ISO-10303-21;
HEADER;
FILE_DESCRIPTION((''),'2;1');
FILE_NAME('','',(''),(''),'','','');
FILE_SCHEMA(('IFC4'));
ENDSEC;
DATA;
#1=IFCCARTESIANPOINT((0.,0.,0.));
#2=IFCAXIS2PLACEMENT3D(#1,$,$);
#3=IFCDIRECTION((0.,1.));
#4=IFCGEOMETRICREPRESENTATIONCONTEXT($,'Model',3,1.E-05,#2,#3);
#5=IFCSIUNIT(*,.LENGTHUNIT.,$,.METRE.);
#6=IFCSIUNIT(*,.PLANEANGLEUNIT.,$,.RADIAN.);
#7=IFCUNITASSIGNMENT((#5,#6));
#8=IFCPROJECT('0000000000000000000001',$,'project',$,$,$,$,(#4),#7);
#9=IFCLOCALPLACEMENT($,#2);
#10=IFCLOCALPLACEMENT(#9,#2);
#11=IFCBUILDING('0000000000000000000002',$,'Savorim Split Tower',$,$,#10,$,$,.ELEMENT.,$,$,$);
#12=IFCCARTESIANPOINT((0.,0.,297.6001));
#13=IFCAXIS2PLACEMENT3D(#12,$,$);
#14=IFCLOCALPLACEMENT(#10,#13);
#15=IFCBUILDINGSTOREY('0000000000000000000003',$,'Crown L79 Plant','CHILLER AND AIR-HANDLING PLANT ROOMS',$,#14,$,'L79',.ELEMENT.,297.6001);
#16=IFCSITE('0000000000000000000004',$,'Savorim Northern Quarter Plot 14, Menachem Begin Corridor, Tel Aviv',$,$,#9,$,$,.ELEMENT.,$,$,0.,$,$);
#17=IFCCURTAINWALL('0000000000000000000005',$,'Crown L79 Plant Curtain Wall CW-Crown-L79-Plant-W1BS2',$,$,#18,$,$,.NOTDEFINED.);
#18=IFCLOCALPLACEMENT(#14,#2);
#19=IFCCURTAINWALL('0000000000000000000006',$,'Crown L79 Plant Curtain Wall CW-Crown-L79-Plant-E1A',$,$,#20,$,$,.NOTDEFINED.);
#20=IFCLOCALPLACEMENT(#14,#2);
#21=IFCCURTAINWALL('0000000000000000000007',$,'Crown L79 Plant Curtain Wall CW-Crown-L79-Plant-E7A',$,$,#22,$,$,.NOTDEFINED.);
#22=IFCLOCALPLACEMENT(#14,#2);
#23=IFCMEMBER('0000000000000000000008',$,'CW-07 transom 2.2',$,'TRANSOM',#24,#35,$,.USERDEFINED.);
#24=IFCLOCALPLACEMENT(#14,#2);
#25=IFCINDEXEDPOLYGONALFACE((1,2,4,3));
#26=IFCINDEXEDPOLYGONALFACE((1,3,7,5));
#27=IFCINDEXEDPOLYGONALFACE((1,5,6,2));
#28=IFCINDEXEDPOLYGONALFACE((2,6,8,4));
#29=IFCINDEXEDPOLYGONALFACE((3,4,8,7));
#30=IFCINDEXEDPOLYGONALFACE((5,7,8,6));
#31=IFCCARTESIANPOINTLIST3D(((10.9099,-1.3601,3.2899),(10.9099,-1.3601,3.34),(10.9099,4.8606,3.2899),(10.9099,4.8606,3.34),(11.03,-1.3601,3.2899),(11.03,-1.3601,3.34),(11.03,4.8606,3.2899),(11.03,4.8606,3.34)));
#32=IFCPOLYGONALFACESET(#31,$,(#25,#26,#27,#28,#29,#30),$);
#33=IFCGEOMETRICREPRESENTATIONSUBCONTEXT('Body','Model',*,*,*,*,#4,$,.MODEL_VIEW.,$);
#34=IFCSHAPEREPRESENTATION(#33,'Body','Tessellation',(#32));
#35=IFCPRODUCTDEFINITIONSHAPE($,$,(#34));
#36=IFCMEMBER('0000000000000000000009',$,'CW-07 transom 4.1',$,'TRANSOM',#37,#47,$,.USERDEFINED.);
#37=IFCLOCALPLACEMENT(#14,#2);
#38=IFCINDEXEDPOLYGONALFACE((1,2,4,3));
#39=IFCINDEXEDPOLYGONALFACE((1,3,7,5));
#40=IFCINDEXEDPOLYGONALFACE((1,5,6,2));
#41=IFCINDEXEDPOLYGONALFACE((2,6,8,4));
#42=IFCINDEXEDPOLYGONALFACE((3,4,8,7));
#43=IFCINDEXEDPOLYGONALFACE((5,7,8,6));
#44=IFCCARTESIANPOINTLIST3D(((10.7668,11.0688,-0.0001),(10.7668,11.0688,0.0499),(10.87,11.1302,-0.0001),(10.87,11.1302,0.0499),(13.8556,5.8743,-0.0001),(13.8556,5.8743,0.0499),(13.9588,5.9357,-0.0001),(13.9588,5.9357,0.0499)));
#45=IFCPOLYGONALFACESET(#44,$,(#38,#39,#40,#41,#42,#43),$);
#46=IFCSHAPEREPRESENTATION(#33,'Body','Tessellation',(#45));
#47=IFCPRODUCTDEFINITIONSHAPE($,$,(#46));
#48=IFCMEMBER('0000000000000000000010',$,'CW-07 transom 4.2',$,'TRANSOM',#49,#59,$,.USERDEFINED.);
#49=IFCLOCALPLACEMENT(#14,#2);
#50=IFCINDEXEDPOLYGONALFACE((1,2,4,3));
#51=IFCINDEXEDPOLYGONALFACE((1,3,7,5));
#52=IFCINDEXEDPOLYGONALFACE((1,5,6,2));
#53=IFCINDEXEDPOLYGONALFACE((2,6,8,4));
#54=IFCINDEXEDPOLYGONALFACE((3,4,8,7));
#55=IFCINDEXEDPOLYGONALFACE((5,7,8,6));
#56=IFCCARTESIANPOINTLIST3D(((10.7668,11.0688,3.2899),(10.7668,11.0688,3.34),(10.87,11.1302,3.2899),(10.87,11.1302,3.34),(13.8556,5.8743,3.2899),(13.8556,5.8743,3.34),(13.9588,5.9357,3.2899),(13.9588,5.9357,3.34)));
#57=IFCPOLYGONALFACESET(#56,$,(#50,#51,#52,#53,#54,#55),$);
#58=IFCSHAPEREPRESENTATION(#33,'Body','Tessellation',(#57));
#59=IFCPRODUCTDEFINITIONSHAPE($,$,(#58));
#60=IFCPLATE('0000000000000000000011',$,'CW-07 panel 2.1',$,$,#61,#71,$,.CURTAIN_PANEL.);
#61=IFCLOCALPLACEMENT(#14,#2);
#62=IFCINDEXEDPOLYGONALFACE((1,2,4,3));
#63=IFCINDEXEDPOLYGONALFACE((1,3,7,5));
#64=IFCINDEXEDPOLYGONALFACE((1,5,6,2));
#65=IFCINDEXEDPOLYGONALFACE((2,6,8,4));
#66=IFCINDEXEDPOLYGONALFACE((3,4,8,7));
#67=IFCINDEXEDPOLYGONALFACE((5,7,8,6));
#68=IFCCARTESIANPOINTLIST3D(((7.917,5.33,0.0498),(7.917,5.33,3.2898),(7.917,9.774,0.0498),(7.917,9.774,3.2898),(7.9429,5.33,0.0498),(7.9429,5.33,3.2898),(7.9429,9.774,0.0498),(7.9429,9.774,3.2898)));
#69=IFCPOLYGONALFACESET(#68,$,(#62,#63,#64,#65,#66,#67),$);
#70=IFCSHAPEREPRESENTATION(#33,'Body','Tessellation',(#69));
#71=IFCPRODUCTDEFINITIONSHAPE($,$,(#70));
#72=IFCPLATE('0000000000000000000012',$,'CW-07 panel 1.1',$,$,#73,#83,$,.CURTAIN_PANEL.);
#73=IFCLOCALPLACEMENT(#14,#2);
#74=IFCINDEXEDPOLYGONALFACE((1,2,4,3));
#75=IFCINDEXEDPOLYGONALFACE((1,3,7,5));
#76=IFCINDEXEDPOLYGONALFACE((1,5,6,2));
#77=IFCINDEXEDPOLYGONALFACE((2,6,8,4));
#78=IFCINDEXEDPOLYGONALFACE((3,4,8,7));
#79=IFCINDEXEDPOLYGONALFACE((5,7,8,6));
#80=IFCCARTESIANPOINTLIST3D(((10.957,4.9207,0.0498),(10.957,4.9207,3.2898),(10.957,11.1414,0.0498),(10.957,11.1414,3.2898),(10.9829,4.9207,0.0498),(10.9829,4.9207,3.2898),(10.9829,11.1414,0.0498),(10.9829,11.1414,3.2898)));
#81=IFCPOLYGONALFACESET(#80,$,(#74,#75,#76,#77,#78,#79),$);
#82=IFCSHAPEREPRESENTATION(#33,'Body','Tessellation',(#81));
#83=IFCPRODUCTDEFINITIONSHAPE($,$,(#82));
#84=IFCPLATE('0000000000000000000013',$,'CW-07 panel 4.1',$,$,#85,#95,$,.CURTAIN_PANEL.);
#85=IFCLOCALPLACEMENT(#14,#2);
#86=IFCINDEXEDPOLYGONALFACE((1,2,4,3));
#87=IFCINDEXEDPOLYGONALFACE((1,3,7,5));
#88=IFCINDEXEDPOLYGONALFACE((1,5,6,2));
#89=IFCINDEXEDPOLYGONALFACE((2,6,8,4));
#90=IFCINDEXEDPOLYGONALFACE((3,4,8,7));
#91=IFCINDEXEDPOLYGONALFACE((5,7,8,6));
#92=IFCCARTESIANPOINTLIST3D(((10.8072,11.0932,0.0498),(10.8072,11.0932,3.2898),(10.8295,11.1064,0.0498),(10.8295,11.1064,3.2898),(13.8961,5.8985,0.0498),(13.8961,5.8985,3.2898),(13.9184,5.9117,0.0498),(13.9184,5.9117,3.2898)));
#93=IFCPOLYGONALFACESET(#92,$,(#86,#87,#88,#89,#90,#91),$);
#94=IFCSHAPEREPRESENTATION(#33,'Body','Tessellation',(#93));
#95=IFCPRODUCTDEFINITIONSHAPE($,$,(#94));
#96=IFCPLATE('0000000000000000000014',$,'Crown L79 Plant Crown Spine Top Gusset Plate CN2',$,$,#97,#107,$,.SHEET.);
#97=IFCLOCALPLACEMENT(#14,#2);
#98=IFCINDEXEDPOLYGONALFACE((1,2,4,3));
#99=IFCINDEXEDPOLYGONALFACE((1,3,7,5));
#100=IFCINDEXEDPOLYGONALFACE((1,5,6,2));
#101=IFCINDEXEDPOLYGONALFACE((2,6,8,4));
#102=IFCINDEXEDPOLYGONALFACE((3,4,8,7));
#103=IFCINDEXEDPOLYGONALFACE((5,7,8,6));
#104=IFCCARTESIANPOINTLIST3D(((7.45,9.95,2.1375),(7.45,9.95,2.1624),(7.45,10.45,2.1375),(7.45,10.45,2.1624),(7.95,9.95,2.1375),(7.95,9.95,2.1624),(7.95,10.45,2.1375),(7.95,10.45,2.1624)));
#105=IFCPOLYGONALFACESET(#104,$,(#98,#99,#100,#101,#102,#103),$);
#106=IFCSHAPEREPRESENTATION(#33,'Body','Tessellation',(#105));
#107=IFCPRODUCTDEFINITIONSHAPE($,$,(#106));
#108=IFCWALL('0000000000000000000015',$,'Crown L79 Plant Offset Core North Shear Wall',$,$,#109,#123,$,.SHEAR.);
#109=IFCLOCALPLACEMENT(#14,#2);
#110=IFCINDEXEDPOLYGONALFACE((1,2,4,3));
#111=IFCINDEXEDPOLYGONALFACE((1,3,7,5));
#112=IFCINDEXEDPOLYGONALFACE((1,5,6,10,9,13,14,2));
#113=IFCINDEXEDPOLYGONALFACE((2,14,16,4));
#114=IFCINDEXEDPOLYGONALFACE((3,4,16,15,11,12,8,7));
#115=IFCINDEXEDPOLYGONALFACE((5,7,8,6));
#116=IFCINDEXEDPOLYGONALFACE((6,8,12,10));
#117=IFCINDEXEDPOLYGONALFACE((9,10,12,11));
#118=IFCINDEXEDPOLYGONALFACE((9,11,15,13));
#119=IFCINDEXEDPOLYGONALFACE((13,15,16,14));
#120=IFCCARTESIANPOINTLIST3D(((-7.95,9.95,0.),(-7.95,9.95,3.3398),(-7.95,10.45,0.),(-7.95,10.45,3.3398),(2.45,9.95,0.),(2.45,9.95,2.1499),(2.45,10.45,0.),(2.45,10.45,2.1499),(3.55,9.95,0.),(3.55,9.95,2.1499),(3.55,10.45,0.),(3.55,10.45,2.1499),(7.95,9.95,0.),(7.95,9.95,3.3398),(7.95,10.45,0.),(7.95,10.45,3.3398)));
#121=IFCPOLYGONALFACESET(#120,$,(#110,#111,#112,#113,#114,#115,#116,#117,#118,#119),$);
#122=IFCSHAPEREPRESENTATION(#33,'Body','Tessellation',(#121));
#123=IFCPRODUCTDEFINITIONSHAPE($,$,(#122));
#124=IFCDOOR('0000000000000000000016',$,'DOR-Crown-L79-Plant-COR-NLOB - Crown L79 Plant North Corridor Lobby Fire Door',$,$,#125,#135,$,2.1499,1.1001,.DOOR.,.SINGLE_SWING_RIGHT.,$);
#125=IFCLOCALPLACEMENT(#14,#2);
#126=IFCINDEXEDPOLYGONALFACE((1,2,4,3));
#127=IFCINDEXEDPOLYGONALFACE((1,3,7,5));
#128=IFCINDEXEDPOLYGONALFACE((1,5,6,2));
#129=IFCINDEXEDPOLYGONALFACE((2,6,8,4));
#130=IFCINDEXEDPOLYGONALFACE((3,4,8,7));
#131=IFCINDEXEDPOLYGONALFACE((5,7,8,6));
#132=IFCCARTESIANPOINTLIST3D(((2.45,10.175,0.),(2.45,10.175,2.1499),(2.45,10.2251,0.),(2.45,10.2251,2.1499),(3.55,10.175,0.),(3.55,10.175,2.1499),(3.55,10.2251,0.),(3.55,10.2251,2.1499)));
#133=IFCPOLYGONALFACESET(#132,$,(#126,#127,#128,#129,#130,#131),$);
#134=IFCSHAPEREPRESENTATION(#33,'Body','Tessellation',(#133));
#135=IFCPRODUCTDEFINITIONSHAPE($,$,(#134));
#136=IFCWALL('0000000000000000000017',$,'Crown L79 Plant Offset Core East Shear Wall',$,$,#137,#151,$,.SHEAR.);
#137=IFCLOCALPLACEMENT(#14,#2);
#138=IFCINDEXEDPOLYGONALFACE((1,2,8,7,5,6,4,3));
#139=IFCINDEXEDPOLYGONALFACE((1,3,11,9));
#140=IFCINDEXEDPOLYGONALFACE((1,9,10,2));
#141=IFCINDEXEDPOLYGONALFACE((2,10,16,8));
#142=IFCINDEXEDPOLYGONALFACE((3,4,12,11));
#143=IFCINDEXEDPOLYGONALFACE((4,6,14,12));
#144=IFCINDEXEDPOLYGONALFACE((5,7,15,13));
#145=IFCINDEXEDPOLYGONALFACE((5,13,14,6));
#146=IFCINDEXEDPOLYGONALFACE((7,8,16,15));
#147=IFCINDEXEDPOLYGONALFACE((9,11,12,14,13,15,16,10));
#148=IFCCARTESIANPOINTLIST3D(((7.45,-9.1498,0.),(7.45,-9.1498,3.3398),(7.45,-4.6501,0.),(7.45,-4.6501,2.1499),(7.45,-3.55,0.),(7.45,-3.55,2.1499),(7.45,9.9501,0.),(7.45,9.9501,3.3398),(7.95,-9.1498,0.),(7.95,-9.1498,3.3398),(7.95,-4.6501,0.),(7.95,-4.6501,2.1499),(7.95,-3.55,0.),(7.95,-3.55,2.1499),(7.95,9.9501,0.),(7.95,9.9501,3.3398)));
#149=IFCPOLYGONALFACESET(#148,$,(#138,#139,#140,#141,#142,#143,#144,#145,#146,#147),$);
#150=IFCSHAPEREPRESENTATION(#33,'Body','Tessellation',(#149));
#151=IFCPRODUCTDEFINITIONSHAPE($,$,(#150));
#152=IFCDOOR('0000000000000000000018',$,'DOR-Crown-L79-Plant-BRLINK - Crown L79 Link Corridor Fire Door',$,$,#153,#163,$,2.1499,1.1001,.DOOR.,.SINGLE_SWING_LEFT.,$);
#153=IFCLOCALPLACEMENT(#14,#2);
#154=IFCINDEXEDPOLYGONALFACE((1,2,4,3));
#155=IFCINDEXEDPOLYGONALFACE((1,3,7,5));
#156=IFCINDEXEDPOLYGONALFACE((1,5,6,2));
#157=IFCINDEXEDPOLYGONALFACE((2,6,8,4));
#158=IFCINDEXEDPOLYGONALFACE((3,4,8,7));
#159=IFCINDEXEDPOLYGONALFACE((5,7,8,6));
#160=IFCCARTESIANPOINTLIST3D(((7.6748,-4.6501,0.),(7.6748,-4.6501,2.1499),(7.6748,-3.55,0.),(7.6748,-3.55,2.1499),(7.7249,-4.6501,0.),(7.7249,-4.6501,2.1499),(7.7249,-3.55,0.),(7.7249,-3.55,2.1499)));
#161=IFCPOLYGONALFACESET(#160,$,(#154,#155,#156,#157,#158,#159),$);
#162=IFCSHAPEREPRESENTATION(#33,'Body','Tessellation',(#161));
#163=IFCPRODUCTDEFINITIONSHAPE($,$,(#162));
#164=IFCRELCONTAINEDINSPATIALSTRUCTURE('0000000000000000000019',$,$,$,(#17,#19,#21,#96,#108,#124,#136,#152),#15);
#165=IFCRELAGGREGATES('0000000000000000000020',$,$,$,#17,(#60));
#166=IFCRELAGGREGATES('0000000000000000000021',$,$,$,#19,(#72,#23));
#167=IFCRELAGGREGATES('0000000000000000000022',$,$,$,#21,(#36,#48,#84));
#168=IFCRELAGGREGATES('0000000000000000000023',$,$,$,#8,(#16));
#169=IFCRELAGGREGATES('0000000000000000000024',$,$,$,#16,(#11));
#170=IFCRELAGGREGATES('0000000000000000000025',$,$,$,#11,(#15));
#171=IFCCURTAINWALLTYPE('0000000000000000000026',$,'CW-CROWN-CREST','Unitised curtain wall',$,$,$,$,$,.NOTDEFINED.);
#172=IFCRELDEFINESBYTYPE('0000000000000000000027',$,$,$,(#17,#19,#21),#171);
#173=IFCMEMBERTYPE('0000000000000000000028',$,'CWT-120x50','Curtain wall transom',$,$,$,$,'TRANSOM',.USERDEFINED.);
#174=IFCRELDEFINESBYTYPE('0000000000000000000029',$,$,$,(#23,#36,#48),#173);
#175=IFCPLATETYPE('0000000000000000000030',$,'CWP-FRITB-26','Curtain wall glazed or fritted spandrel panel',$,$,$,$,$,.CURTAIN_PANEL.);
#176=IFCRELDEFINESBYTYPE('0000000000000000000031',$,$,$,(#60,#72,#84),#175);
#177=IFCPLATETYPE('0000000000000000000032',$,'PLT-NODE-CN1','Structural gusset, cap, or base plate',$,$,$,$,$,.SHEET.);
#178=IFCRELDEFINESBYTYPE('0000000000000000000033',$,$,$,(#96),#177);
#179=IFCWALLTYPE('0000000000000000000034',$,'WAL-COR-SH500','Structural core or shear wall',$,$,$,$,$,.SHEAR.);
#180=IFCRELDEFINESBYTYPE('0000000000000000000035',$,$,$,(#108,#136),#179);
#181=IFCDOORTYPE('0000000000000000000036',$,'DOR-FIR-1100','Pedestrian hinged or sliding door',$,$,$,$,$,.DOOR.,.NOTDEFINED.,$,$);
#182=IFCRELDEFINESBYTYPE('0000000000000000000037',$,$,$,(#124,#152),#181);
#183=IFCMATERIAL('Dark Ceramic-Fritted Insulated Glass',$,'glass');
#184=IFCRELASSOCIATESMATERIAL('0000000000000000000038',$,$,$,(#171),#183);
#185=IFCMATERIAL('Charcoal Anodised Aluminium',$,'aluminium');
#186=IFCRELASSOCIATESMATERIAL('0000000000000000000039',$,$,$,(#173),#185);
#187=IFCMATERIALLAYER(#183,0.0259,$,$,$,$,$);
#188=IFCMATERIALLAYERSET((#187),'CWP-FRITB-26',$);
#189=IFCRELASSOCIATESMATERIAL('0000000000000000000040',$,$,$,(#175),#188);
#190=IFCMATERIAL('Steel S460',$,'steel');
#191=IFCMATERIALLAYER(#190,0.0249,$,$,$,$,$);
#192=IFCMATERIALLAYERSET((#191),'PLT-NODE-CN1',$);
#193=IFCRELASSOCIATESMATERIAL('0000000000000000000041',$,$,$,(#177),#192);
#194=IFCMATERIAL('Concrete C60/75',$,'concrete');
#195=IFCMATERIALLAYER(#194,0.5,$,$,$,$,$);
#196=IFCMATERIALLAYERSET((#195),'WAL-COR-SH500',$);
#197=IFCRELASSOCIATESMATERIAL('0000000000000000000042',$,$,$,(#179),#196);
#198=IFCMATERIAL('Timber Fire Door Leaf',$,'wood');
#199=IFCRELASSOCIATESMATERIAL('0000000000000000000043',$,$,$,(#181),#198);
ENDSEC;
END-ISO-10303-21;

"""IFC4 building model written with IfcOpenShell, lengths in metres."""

from ifc_helpers import new_model, si_unit, direction, frame, frame_2d, origin, origin_2d, place, context, subcontext, project, spatial, rectangle, extrude, material, layer, layer_set, material_profile, profile_set, type_object, element, fill, aggregate, save


model = new_model("IFC4")

# Units and contexts
model_context = context("Model", 3, precision=1e-05, world=origin(), true_north=direction((0.0, 1.0)))
body_context = subcontext(model_context, "Body", "Model", "MODEL_VIEW")
ifc_project = project(units=[si_unit("LENGTHUNIT", "METRE"), si_unit("PLANEANGLEUNIT", "RADIAN")], contexts=[model_context])

# Site, building, storey
site_placement = place(None, origin())
site = spatial("IfcSite", under=ifc_project, at=site_placement, Name="Savorim Northern Quarter Plot 14, Menachem Begin Corridor, Tel Aviv", CompositionType="ELEMENT", RefElevation=0.0)
building_placement = place(site_placement, origin())
building = spatial("IfcBuilding", under=site, at=building_placement, Name="Savorim Split Tower", CompositionType="ELEMENT")
storey_placement = place(building_placement, frame((0.0, 0.0, 297.6001)))
storey = spatial("IfcBuildingStorey", under=building, at=storey_placement, Name="Crown L79 Plant", Description="CHILLER AND AIR-HANDLING PLANT ROOMS", LongName="L79", CompositionType="ELEMENT", Elevation=297.6001)

# Curtain wall
ifc_material_1 = material(Name="Dark Ceramic-Fritted Insulated Glass", Category="glass")
curtain_wall_type = type_object("IfcCurtainWallType", Name="CW-CROWN-CREST", Description="Unitised curtain wall", PredefinedType="NOTDEFINED", material=ifc_material_1)
curtain_wall_1_placement = place(storey_placement, origin())
curtain_wall_1 = element("IfcCurtainWall", 1, at=curtain_wall_1_placement, inside=storey, type_object=curtain_wall_type, Name="Crown L79 Plant Curtain Wall CW-Crown-L79-Plant-W1BS2", PredefinedType="NOTDEFINED")
ifc_material_2 = material(Name="Charcoal Anodised Aluminium", Category="aluminium")

# Curtain walls
curtain_wall_2_placement = place(storey_placement, origin())
curtain_wall_2 = element("IfcCurtainWall", 2, at=curtain_wall_2_placement, inside=storey, type_object=curtain_wall_type, Name="Crown L79 Plant Curtain Wall CW-Crown-L79-Plant-E1A", PredefinedType="NOTDEFINED")
curtain_wall_3_placement = place(storey_placement, origin())
curtain_wall_3 = element("IfcCurtainWall", 3, at=curtain_wall_3_placement, inside=storey, type_object=curtain_wall_type, Name="Crown L79 Plant Curtain Wall CW-Crown-L79-Plant-E7A", PredefinedType="NOTDEFINED")

# Members
ifc_material_profile_1 = material_profile(ifc_material_2, rectangle(XDim=0.1201, YDim=0.05, at=origin_2d()), Name="ALU-T 120x50")
ifc_profile_set_1 = profile_set([ifc_material_profile_1], Name="Charcoal Anodised Aluminium")
member_type_1 = type_object("IfcMemberType", Name="CWT-120x50", Description="Curtain wall transom", ElementType="TRANSOM", PredefinedType="USERDEFINED", material=ifc_profile_set_1)
member_1_placement = place(storey_placement, frame((10.97, 4.8606, 3.3149), z_axis=(0.0, -1.0, 0.0), x_axis=(1.0, 0.0, 0.0)))
member_1 = element("IfcMember", 4, at=member_1_placement, type_object=member_type_1, Name="CW-07 transom 2.2", ObjectType="TRANSOM", PredefinedType="USERDEFINED", context=body_context, shape_type="SweptSolid", body=[
    extrude(rectangle(XDim=0.1201, YDim=0.05, at=origin_2d()), origin(), (0.0, 0.0, 1.0), 6.2207),
])
member_2_placement = place(storey_placement, frame((13.9072, 5.905, 0.0249), z_axis=(-0.5111, 0.859521, 0.0), x_axis=(-0.859521, -0.5111, 0.0)))
member_2 = element("IfcMember", 5, at=member_2_placement, type_object=member_type_1, Name="CW-07 transom 4.1", ObjectType="TRANSOM", PredefinedType="USERDEFINED", context=body_context, shape_type="SweptSolid", body=[
    extrude(rectangle(XDim=0.1201, YDim=0.05, at=origin_2d()), origin(), (0.0, 0.0, 1.0), 6.0435),
])
member_3_placement = place(storey_placement, frame((13.9072, 5.905, 3.3149), z_axis=(-0.5111, 0.859521, 0.0), x_axis=(-0.859521, -0.5111, 0.0)))
member_3 = element("IfcMember", 6, at=member_3_placement, type_object=member_type_1, Name="CW-07 transom 4.2", ObjectType="TRANSOM", PredefinedType="USERDEFINED", context=body_context, shape_type="SweptSolid", body=[
    extrude(rectangle(XDim=0.1201, YDim=0.05, at=origin_2d()), origin(), (0.0, 0.0, 1.0), 6.0435),
])

# Plates
ifc_layer_1 = layer(ifc_material_1, 0.0259)
ifc_layer_set_1 = layer_set([ifc_layer_1], Name="CWP-FRITB-26")
plate_type_1 = type_object("IfcPlateType", Name="CWP-FRITB-26", Description="Curtain wall glazed or fritted spandrel panel", PredefinedType="CURTAIN_PANEL", material=ifc_layer_set_1)
plate_1_placement = place(storey_placement, frame((7.9299, 7.552, 0.0498), z_axis=(0.0, 0.0, 1.0), x_axis=(0.0, 1.0, 0.0)))
plate_1 = element("IfcPlate", 7, at=plate_1_placement, type_object=plate_type_1, Name="CW-07 panel 2.1", PredefinedType="CURTAIN_PANEL", context=body_context, shape_type="SweptSolid", body=[
    extrude(rectangle(XDim=4.4441, YDim=0.0259, at=origin_2d()), origin(), (0.0, 0.0, 1.0), 3.24),
])
aggregate(curtain_wall_1, [plate_1])
plate_2_placement = place(storey_placement, frame((10.97, 8.031, 0.0498), z_axis=(0.0, 0.0, 1.0), x_axis=(0.0, -1.0, 0.0)))
plate_2 = element("IfcPlate", 8, at=plate_2_placement, type_object=plate_type_1, Name="CW-07 panel 1.1", PredefinedType="CURTAIN_PANEL", context=body_context, shape_type="SweptSolid", body=[
    extrude(rectangle(XDim=6.2207, YDim=0.0259, at=origin_2d()), origin(), (0.0, 0.0, 1.0), 3.24),
])
aggregate(curtain_wall_2, [plate_2, member_1])
plate_3_placement = place(storey_placement, frame((12.3628, 8.5024, 0.0498), z_axis=(0.0, 0.0, 1.0), x_axis=(-0.511094, 0.859525, 0.0)))
plate_3 = element("IfcPlate", 9, at=plate_3_placement, type_object=plate_type_1, Name="CW-07 panel 4.1", PredefinedType="CURTAIN_PANEL", context=body_context, shape_type="SweptSolid", body=[
    extrude(rectangle(XDim=6.0437, YDim=0.0259, at=origin_2d()), origin(), (0.0, 0.0, 1.0), 3.24),
])
aggregate(curtain_wall_3, [member_2, member_3, plate_3])
ifc_material_3 = material(Name="Steel S460", Category="steel")
ifc_layer_2 = layer(ifc_material_3, 0.0249)
ifc_layer_set_2 = layer_set([ifc_layer_2], Name="PLT-NODE-CN1")
plate_type_2 = type_object("IfcPlateType", Name="PLT-NODE-CN1", Description="Structural gusset, cap, or base plate", PredefinedType="SHEET", material=ifc_layer_set_2)
plate_4_placement = place(storey_placement, frame((7.7, 10.2, 2.1375), z_axis=(0.0, 0.0, 1.0), x_axis=(1.0, 0.0, 0.0)))
element("IfcPlate", 10, at=plate_4_placement, inside=storey, type_object=plate_type_2, Name="Crown L79 Plant Crown Spine Top Gusset Plate CN2", PredefinedType="SHEET", context=body_context, shape_type="SweptSolid", body=[
    extrude(rectangle(XDim=0.5, YDim=0.5, at=origin_2d()), origin(), (0.0, 0.0, 1.0), 0.0249),
])

# Walls, openings, doors
ifc_material_4 = material(Name="Concrete C60/75", Category="concrete")
ifc_layer_3 = layer(ifc_material_4, 0.5)
ifc_layer_set_3 = layer_set([ifc_layer_3], Name="WAL-COR-SH500")
wall_type = type_object("IfcWallType", Name="WAL-COR-SH500", Description="Structural core or shear wall", PredefinedType="SHEAR", material=ifc_layer_set_3)
wall_1_placement = place(storey_placement, frame((7.95, 10.2, 0.0), z_axis=(0.0, 0.0, 1.0), x_axis=(-1.0, 0.0, 0.0)))
wall_1 = element("IfcWall", 11, at=wall_1_placement, inside=storey, type_object=wall_type, Name="Crown L79 Plant Offset Core North Shear Wall", PredefinedType="SHEAR", context=body_context, shape_type="SweptSolid", body=[
    extrude(rectangle(XDim=15.8999, YDim=0.5, at=frame_2d((7.95, 0.0))), origin(), (0.0, 0.0, 1.0), 3.3398),
])
opening_1_placement = place(wall_1_placement, frame((4.3999, 0.0, 0.0)))
opening_1 = element("IfcOpeningElement", 12, at=opening_1_placement, cuts=wall_1, PredefinedType="OPENING", context=body_context, shape_type="SweptSolid", body=[
    extrude(rectangle(XDim=1.1001, YDim=2.1499, at=frame_2d((0.55, 1.075))), frame((0.0, 0.26, 0.0), z_axis=(0.0, -1.0, 0.0), x_axis=(1.0, 0.0, 0.0)), (0.0, 0.0, 1.0), 0.52),
])
ifc_material_5 = material(Name="Timber Fire Door Leaf", Category="wood")
door_type = type_object("IfcDoorType", Name="DOR-FIR-1100", Description="Pedestrian hinged or sliding door", OperationType="NOTDEFINED", PredefinedType="DOOR", material=ifc_material_5)
door_1_placement = place(opening_1_placement, origin())
door_1 = element("IfcDoor", 13, at=door_1_placement, inside=storey, type_object=door_type, Name="DOR-Crown-L79-Plant-COR-NLOB - Crown L79 Plant North Corridor Lobby Fire Door", OperationType="SINGLE_SWING_RIGHT", OverallHeight=2.1499, OverallWidth=1.1001, PredefinedType="DOOR", context=body_context, shape_type="SweptSolid", body=[
    extrude(rectangle(XDim=1.1001, YDim=2.1499, at=frame_2d((0.55, 1.075))), frame((0.0, 0.0249, 0.0), z_axis=(0.0, -1.0, 0.0), x_axis=(1.0, 0.0, 0.0)), (0.0, 0.0, 1.0), 0.05),
])
fill(opening_1, door_1)
wall_2_placement = place(storey_placement, frame((7.7, 9.95, 0.0), z_axis=(0.0, 0.0, 1.0), x_axis=(0.0, -1.0, 0.0)))
wall_2 = element("IfcWall", 14, at=wall_2_placement, inside=storey, type_object=wall_type, Name="Crown L79 Plant Offset Core East Shear Wall", PredefinedType="SHEAR", context=body_context, shape_type="SweptSolid", body=[
    extrude(rectangle(XDim=19.0999, YDim=0.5, at=frame_2d((9.5498, 0.0))), origin(), (0.0, 0.0, 1.0), 3.3398),
])
opening_2_placement = place(wall_2_placement, frame((13.5, 0.0, 0.0)))
opening_2 = element("IfcOpeningElement", 15, at=opening_2_placement, cuts=wall_2, PredefinedType="OPENING", context=body_context, shape_type="SweptSolid", body=[
    extrude(rectangle(XDim=1.1001, YDim=2.1499, at=frame_2d((0.55, 1.075))), frame((0.0, 0.26, 0.0), z_axis=(0.0, -1.0, 0.0), x_axis=(1.0, 0.0, 0.0)), (0.0, 0.0, 1.0), 0.52),
])
door_2_placement = place(opening_2_placement, origin())
door_2 = element("IfcDoor", 16, at=door_2_placement, inside=storey, type_object=door_type, Name="DOR-Crown-L79-Plant-BRLINK - Crown L79 Link Corridor Fire Door", OperationType="SINGLE_SWING_LEFT", OverallHeight=2.1499, OverallWidth=1.1001, PredefinedType="DOOR", context=body_context, shape_type="SweptSolid", body=[
    extrude(rectangle(XDim=1.1001, YDim=2.1499, at=frame_2d((0.55, 1.075))), frame((0.0, 0.0249, 0.0), z_axis=(0.0, -1.0, 0.0), x_axis=(1.0, 0.0, 0.0)), (0.0, 0.0, 1.0), 0.05),
])
fill(opening_2, door_2)

save(model, "model.ifc")
